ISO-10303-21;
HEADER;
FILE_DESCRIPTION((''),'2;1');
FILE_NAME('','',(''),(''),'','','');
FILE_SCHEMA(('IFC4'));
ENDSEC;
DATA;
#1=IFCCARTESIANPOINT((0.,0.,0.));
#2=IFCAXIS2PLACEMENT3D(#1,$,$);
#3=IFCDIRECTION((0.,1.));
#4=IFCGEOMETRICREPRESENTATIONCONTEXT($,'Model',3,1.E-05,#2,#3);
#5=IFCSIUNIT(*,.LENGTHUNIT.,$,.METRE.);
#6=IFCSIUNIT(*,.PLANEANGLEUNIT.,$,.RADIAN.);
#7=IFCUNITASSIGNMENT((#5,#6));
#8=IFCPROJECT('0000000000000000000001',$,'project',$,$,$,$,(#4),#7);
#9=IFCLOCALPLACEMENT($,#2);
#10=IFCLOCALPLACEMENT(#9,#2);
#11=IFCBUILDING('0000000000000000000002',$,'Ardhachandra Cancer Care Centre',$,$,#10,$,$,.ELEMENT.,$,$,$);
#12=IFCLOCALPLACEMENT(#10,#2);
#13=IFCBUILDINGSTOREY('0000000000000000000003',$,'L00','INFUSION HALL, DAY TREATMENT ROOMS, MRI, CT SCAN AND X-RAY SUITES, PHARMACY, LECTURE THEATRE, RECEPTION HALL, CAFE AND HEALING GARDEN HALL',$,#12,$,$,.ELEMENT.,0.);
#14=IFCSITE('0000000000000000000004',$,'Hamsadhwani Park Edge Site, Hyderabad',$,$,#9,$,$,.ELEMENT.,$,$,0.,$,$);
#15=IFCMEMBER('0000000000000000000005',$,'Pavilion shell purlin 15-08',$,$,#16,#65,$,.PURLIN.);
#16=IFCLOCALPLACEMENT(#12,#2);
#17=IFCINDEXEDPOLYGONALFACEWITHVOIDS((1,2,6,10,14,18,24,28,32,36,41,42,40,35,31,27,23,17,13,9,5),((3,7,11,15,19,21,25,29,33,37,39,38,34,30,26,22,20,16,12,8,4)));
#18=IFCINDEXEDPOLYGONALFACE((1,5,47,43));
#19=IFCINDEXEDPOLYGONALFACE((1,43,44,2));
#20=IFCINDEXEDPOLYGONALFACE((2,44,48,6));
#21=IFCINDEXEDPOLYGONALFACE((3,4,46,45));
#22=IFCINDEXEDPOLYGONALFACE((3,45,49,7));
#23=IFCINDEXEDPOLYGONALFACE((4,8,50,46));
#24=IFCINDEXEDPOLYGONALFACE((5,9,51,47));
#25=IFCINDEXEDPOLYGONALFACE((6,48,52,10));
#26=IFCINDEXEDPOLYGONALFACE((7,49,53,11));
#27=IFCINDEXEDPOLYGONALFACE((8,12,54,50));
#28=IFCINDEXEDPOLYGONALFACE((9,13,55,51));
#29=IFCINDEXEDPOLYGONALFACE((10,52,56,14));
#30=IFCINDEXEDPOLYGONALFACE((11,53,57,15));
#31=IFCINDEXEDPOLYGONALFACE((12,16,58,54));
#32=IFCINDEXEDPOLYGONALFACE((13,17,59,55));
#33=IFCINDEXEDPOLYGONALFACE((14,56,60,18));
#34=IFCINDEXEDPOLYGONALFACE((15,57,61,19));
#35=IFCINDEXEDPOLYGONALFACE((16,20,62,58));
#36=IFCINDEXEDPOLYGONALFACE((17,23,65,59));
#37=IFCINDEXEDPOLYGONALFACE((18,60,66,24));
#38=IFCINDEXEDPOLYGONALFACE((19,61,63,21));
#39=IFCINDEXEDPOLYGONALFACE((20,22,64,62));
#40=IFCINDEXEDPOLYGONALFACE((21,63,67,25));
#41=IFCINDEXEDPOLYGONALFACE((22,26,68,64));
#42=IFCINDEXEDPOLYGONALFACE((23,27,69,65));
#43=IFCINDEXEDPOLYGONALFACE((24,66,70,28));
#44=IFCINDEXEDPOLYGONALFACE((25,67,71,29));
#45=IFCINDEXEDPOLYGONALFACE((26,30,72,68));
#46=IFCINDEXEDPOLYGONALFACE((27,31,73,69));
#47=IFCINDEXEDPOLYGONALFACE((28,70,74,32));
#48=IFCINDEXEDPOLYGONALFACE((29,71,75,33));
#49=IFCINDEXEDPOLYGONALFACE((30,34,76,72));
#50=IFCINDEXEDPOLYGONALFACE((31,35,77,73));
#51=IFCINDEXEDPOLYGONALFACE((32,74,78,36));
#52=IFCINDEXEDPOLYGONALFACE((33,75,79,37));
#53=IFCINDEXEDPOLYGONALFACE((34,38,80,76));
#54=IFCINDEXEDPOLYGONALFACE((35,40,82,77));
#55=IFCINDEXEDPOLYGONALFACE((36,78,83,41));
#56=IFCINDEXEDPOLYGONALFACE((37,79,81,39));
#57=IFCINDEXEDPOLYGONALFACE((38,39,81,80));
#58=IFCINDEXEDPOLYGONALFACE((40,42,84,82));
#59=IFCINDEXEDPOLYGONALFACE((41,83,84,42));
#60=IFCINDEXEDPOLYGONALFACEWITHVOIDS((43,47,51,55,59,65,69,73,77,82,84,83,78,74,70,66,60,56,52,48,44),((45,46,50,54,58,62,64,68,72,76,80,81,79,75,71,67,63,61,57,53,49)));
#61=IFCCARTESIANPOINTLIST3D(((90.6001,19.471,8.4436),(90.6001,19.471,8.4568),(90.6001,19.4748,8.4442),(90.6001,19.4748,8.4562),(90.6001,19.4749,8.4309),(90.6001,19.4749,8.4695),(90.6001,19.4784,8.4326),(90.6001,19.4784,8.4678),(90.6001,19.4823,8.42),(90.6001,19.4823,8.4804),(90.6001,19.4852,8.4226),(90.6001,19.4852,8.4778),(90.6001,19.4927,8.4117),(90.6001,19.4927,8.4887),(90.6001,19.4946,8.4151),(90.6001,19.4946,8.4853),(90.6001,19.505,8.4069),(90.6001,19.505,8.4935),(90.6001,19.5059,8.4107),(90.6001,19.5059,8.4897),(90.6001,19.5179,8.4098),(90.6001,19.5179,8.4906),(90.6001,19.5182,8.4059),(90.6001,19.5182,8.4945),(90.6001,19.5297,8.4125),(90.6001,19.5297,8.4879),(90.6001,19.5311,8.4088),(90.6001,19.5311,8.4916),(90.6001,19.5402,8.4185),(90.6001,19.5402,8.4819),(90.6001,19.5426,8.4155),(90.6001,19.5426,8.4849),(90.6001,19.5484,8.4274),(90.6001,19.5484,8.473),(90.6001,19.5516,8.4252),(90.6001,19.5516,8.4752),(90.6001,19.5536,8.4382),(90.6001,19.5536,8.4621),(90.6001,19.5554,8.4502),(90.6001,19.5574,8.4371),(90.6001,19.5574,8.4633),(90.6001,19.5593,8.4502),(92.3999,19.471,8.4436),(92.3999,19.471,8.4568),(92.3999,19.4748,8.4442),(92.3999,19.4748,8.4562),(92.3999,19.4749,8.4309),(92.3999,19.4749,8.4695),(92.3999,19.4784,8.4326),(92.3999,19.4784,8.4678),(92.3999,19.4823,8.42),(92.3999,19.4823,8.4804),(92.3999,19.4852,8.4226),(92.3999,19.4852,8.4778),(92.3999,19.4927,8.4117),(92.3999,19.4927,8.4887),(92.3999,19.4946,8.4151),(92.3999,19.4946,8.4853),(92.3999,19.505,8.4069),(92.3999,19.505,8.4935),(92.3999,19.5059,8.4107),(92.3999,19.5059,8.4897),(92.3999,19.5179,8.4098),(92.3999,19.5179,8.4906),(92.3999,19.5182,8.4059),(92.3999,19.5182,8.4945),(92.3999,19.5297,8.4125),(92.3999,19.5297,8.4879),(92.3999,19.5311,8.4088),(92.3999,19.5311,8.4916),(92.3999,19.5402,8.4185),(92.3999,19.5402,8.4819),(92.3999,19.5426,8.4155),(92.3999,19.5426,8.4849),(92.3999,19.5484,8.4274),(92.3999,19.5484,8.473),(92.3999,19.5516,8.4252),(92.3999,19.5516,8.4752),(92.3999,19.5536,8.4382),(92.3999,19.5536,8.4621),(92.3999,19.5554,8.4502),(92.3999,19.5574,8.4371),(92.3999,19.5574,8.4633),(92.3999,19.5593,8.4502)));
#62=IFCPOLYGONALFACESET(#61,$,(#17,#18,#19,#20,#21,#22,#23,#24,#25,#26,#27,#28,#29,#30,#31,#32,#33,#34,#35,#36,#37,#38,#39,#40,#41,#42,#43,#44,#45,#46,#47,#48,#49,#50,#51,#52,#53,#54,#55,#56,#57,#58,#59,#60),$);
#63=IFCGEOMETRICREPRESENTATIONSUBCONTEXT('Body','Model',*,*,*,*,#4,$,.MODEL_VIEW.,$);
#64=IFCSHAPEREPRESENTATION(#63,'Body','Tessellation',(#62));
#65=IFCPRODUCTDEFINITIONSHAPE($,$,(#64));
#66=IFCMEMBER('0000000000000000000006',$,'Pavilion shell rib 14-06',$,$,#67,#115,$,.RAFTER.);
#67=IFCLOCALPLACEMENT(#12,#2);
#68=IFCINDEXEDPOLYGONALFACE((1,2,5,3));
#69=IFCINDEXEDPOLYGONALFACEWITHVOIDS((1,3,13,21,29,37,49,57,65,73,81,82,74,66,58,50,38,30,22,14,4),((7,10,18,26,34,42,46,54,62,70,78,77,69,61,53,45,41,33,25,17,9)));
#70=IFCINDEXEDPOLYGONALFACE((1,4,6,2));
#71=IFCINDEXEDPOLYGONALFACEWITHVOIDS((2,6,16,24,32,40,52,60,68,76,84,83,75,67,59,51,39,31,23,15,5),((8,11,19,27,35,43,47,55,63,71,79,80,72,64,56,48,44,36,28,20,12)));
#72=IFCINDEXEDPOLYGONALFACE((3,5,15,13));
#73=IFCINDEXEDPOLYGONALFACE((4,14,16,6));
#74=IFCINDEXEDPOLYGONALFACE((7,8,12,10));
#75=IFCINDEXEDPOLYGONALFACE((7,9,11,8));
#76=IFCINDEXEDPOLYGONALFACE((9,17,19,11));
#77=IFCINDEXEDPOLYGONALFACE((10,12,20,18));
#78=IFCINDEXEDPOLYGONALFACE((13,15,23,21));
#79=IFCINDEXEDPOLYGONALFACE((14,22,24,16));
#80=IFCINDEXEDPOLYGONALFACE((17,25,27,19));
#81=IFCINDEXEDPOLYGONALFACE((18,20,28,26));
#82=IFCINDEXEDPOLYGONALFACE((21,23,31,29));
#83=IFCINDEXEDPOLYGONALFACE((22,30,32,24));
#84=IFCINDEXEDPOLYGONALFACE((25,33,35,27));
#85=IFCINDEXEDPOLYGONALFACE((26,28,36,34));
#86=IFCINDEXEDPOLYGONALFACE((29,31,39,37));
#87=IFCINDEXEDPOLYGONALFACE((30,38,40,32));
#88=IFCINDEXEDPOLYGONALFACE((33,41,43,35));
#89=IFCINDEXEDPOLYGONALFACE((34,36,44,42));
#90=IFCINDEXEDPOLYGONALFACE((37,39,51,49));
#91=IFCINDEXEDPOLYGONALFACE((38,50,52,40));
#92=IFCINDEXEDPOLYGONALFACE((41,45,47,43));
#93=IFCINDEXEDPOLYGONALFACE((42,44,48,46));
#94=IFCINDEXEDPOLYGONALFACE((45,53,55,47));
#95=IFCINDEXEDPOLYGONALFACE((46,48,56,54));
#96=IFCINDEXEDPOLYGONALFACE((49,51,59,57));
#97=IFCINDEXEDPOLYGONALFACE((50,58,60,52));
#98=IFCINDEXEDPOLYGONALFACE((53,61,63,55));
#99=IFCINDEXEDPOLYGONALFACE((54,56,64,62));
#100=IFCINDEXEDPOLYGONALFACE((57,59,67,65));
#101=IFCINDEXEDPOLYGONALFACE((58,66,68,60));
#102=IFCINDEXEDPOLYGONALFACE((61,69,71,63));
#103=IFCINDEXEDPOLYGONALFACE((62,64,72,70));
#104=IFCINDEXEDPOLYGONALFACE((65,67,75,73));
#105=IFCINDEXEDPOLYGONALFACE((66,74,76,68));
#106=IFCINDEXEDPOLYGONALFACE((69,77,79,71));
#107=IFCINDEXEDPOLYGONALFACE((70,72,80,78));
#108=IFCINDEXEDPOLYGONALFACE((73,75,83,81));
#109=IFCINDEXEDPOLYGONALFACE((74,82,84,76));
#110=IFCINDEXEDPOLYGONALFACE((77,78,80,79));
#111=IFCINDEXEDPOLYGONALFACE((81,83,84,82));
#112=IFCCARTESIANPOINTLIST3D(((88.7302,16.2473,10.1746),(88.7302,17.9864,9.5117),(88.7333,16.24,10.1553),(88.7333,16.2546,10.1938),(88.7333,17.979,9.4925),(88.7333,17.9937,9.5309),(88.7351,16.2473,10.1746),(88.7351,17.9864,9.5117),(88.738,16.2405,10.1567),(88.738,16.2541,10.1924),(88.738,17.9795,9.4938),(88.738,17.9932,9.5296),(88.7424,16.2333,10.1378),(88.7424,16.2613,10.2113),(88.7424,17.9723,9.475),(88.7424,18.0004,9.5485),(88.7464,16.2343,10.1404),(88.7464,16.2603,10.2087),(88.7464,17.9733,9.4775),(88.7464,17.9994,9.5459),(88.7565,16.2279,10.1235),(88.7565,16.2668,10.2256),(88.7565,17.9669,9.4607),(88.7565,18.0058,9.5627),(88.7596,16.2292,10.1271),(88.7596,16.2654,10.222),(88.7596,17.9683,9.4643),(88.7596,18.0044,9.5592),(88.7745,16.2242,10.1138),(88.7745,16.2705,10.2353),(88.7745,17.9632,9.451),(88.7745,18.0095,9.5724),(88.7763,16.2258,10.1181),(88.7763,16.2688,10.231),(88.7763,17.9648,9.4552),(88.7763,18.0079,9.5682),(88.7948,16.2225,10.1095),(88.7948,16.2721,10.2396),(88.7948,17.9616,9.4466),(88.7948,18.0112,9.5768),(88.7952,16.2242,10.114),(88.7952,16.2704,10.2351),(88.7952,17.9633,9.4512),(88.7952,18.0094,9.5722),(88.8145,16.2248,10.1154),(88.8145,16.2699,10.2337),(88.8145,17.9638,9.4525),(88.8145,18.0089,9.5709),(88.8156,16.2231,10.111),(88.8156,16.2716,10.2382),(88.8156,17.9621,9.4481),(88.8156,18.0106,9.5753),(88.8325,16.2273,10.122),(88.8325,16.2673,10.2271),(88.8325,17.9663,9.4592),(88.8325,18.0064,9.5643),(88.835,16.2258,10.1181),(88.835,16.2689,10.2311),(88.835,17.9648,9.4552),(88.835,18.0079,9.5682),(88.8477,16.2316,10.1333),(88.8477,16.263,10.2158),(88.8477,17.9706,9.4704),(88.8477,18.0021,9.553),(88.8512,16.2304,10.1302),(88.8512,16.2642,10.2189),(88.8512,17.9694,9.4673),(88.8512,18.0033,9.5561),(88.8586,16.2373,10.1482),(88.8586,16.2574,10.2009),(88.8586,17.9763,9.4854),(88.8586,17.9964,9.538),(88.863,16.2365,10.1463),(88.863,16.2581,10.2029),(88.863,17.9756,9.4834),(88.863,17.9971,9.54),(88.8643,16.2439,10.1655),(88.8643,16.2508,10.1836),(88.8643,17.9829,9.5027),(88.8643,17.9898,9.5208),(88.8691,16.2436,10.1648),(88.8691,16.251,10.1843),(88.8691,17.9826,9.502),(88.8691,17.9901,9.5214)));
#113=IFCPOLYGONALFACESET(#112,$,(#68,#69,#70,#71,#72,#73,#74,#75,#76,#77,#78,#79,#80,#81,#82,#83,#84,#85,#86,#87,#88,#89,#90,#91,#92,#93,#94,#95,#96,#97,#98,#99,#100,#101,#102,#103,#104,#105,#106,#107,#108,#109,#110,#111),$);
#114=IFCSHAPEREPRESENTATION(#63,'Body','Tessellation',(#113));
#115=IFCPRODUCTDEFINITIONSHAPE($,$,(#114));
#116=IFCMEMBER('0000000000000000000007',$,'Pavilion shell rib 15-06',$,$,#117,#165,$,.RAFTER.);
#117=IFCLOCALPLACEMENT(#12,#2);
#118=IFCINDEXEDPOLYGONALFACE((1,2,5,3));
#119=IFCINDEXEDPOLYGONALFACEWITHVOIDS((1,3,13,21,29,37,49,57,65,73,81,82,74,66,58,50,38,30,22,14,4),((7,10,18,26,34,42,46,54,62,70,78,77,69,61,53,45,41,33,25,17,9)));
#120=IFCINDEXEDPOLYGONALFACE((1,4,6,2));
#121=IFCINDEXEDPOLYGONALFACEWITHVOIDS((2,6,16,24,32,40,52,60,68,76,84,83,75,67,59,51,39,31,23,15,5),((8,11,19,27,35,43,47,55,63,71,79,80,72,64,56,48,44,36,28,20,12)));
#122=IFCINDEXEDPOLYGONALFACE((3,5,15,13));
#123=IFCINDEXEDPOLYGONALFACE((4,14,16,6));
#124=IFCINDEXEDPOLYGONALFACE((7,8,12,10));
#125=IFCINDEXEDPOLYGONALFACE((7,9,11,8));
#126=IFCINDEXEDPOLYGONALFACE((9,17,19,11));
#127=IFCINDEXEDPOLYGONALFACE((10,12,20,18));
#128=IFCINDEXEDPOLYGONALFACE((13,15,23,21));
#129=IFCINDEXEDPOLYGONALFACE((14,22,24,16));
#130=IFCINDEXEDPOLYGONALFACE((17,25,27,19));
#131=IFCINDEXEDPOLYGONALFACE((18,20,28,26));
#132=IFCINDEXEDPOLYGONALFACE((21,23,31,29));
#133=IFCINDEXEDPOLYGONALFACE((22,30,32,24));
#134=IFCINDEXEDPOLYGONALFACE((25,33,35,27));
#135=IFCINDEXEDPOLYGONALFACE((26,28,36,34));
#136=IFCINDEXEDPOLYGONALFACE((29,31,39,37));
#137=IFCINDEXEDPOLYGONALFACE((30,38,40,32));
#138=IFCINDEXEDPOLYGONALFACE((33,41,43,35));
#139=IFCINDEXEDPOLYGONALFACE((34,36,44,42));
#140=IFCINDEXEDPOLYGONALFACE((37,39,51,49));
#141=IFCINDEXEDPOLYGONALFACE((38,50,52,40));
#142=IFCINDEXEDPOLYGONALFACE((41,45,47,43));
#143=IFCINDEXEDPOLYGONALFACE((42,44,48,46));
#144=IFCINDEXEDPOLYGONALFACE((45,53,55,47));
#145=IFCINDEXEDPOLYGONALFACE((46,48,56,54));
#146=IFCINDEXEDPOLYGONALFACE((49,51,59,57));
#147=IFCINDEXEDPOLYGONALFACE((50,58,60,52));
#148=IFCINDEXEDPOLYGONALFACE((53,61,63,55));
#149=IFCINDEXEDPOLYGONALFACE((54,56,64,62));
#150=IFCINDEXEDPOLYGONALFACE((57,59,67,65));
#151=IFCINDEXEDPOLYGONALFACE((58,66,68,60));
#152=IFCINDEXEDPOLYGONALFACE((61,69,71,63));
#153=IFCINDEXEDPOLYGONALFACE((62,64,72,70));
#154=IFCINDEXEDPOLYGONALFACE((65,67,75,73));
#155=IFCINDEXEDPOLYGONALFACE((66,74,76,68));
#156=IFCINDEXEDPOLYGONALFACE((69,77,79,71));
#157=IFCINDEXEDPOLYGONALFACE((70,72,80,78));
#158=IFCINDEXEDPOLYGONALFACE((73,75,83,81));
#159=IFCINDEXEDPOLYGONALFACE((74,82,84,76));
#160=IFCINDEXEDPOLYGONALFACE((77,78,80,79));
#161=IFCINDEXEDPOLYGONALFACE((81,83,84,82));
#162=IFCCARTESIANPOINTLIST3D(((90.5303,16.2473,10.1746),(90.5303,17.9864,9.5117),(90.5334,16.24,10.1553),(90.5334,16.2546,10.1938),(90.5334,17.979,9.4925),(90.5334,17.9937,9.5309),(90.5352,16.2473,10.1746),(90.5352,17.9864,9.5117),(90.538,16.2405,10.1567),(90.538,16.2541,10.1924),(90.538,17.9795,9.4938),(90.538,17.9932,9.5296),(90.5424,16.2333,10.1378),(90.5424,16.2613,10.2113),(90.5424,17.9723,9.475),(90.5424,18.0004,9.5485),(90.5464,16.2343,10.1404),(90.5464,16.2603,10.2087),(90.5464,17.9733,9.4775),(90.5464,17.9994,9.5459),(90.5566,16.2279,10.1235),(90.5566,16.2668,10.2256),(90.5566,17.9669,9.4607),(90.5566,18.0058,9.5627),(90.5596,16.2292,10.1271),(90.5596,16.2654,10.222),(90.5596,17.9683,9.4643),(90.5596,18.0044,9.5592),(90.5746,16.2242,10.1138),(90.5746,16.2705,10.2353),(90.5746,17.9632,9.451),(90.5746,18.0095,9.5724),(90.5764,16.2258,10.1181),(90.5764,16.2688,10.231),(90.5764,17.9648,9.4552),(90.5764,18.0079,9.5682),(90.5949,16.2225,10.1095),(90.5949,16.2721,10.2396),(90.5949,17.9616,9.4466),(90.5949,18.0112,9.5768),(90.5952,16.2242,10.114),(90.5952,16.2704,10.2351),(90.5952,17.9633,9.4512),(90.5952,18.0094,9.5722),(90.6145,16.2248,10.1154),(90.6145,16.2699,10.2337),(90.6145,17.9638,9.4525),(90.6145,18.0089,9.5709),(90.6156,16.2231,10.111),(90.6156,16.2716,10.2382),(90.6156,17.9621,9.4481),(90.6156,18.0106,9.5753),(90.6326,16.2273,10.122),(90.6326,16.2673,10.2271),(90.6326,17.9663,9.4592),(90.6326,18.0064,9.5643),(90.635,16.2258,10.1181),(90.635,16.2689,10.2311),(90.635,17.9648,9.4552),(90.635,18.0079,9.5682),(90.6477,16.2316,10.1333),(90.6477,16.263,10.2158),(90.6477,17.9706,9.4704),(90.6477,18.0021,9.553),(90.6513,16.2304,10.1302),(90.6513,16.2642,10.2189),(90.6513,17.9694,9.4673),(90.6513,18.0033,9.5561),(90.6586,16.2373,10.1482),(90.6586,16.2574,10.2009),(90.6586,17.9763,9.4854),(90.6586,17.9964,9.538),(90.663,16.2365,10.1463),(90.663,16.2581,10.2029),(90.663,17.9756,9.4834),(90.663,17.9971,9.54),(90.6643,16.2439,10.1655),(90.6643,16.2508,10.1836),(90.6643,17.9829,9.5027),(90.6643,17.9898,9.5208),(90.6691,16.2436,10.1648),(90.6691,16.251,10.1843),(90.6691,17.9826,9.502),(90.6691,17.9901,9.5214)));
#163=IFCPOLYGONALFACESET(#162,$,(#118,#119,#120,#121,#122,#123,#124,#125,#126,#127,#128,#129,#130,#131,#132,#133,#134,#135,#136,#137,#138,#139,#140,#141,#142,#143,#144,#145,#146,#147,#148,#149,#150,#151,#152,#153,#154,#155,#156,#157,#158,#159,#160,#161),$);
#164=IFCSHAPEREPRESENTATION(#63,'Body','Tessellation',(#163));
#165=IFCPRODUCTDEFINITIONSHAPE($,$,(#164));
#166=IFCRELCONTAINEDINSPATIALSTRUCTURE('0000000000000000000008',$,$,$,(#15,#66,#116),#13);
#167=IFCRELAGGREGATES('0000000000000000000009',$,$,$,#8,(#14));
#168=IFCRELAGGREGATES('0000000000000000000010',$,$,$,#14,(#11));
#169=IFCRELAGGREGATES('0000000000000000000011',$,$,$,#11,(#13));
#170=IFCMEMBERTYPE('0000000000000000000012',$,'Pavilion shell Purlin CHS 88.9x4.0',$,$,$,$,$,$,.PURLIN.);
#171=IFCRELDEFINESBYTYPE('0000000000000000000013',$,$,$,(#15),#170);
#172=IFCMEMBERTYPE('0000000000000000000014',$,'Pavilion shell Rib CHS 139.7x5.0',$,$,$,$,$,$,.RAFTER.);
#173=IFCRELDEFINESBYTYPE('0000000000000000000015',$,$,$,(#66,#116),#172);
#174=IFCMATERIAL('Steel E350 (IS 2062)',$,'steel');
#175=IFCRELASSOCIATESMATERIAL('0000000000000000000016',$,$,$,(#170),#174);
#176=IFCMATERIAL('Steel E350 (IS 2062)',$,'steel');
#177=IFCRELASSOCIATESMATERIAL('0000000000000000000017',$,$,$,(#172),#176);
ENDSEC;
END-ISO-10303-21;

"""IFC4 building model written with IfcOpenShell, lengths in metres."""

from ifc_helpers import new_model, si_unit, direction, frame, origin, origin_2d, place, context, subcontext, project, spatial, hollow_circle, extrude, material, material_profile, profile_set, type_object, element, save


model = new_model("IFC4")

# Units and contexts
model_context = context("Model", 3, precision=1e-05, world=origin(), true_north=direction((0.0, 1.0)))
body_context = subcontext(model_context, "Body", "Model", "MODEL_VIEW")
ifc_project = project(units=[si_unit("LENGTHUNIT", "METRE"), si_unit("PLANEANGLEUNIT", "RADIAN")], contexts=[model_context])

# Site, building, storey
site_placement = place(None, origin())
site = spatial("IfcSite", under=ifc_project, at=site_placement, Name="Hamsadhwani Park Edge Site, Hyderabad", CompositionType="ELEMENT", RefElevation=0.0)
building_placement = place(site_placement, origin())
building = spatial("IfcBuilding", under=site, at=building_placement, Name="Ardhachandra Cancer Care Centre", CompositionType="ELEMENT")
storey_placement = place(building_placement, origin())
storey = spatial("IfcBuildingStorey", under=building, at=storey_placement, Name="L00", Description="INFUSION HALL, DAY TREATMENT ROOMS, MRI, CT SCAN AND X-RAY SUITES, PHARMACY, LECTURE THEATRE, RECEPTION HALL, CAFE AND HEALING GARDEN HALL", CompositionType="ELEMENT", Elevation=0.0)

# Members
ifc_material_1 = material(Name="Steel E350 (IS 2062)", Category="steel")
ifc_material_profile_1 = material_profile(ifc_material_1, hollow_circle(Radius=0.0444, WallThickness=0.0039, at=origin_2d()), Name="CHS 88.9x4.0")
ifc_profile_set_1 = profile_set([ifc_material_profile_1], Name="Steel E350 (IS 2062)")
member_type_1 = type_object("IfcMemberType", Name="Pavilion shell Purlin CHS 88.9x4.0", PredefinedType="PURLIN", material=ifc_profile_set_1)
for number, where, z_axis, x_axis, name in (
    (1, (90.6001, 19.5149, 8.4502), (1.0, 0.0, 0.0), (0.0, 1.0, 0.0), "Pavilion shell purlin 15-08"),
):
    element("IfcMember", number, at=place(storey_placement, frame(where, z_axis=z_axis, x_axis=x_axis)), inside=storey, type_object=member_type_1, Name=name, PredefinedType="PURLIN", context=body_context, shape_type="SweptSolid", body=[
        extrude(hollow_circle(Radius=0.0444, WallThickness=0.0039, at=origin_2d()), origin(), (0.0, 0.0, 1.0), 1.7998),
    ])
ifc_material_2 = material(Name="Steel E350 (IS 2062)", Category="steel")
ifc_material_profile_2 = material_profile(ifc_material_2, hollow_circle(Radius=0.0698, WallThickness=0.0049, at=origin_2d()), Name="CHS 139.7x5.0")
ifc_profile_set_2 = profile_set([ifc_material_profile_2], Name="Steel E350 (IS 2062)")
member_type_2 = type_object("IfcMemberType", Name="Pavilion shell Rib CHS 139.7x5.0", PredefinedType="RAFTER", material=ifc_profile_set_2)
for number, where, z_axis, x_axis, name in (
    (2, (88.8, 16.2473, 10.1746), (0.0, 0.934423, -0.356164), (-1.0, 0.0, 0.0), "Pavilion shell rib 14-06"),
    (3, (90.6001, 16.2473, 10.1746), (0.0, 0.934423, -0.356164), (-1.0, 0.0, 0.0), "Pavilion shell rib 15-06"),
):
    element("IfcMember", number, at=place(storey_placement, frame(where, z_axis=z_axis, x_axis=x_axis)), inside=storey, type_object=member_type_2, Name=name, PredefinedType="RAFTER", context=body_context, shape_type="SweptSolid", body=[
        extrude(hollow_circle(Radius=0.0698, WallThickness=0.0049, at=origin_2d()), origin(), (0.0, 0.0, 1.0), 1.8611),
    ])

save(model, "model.ifc")
